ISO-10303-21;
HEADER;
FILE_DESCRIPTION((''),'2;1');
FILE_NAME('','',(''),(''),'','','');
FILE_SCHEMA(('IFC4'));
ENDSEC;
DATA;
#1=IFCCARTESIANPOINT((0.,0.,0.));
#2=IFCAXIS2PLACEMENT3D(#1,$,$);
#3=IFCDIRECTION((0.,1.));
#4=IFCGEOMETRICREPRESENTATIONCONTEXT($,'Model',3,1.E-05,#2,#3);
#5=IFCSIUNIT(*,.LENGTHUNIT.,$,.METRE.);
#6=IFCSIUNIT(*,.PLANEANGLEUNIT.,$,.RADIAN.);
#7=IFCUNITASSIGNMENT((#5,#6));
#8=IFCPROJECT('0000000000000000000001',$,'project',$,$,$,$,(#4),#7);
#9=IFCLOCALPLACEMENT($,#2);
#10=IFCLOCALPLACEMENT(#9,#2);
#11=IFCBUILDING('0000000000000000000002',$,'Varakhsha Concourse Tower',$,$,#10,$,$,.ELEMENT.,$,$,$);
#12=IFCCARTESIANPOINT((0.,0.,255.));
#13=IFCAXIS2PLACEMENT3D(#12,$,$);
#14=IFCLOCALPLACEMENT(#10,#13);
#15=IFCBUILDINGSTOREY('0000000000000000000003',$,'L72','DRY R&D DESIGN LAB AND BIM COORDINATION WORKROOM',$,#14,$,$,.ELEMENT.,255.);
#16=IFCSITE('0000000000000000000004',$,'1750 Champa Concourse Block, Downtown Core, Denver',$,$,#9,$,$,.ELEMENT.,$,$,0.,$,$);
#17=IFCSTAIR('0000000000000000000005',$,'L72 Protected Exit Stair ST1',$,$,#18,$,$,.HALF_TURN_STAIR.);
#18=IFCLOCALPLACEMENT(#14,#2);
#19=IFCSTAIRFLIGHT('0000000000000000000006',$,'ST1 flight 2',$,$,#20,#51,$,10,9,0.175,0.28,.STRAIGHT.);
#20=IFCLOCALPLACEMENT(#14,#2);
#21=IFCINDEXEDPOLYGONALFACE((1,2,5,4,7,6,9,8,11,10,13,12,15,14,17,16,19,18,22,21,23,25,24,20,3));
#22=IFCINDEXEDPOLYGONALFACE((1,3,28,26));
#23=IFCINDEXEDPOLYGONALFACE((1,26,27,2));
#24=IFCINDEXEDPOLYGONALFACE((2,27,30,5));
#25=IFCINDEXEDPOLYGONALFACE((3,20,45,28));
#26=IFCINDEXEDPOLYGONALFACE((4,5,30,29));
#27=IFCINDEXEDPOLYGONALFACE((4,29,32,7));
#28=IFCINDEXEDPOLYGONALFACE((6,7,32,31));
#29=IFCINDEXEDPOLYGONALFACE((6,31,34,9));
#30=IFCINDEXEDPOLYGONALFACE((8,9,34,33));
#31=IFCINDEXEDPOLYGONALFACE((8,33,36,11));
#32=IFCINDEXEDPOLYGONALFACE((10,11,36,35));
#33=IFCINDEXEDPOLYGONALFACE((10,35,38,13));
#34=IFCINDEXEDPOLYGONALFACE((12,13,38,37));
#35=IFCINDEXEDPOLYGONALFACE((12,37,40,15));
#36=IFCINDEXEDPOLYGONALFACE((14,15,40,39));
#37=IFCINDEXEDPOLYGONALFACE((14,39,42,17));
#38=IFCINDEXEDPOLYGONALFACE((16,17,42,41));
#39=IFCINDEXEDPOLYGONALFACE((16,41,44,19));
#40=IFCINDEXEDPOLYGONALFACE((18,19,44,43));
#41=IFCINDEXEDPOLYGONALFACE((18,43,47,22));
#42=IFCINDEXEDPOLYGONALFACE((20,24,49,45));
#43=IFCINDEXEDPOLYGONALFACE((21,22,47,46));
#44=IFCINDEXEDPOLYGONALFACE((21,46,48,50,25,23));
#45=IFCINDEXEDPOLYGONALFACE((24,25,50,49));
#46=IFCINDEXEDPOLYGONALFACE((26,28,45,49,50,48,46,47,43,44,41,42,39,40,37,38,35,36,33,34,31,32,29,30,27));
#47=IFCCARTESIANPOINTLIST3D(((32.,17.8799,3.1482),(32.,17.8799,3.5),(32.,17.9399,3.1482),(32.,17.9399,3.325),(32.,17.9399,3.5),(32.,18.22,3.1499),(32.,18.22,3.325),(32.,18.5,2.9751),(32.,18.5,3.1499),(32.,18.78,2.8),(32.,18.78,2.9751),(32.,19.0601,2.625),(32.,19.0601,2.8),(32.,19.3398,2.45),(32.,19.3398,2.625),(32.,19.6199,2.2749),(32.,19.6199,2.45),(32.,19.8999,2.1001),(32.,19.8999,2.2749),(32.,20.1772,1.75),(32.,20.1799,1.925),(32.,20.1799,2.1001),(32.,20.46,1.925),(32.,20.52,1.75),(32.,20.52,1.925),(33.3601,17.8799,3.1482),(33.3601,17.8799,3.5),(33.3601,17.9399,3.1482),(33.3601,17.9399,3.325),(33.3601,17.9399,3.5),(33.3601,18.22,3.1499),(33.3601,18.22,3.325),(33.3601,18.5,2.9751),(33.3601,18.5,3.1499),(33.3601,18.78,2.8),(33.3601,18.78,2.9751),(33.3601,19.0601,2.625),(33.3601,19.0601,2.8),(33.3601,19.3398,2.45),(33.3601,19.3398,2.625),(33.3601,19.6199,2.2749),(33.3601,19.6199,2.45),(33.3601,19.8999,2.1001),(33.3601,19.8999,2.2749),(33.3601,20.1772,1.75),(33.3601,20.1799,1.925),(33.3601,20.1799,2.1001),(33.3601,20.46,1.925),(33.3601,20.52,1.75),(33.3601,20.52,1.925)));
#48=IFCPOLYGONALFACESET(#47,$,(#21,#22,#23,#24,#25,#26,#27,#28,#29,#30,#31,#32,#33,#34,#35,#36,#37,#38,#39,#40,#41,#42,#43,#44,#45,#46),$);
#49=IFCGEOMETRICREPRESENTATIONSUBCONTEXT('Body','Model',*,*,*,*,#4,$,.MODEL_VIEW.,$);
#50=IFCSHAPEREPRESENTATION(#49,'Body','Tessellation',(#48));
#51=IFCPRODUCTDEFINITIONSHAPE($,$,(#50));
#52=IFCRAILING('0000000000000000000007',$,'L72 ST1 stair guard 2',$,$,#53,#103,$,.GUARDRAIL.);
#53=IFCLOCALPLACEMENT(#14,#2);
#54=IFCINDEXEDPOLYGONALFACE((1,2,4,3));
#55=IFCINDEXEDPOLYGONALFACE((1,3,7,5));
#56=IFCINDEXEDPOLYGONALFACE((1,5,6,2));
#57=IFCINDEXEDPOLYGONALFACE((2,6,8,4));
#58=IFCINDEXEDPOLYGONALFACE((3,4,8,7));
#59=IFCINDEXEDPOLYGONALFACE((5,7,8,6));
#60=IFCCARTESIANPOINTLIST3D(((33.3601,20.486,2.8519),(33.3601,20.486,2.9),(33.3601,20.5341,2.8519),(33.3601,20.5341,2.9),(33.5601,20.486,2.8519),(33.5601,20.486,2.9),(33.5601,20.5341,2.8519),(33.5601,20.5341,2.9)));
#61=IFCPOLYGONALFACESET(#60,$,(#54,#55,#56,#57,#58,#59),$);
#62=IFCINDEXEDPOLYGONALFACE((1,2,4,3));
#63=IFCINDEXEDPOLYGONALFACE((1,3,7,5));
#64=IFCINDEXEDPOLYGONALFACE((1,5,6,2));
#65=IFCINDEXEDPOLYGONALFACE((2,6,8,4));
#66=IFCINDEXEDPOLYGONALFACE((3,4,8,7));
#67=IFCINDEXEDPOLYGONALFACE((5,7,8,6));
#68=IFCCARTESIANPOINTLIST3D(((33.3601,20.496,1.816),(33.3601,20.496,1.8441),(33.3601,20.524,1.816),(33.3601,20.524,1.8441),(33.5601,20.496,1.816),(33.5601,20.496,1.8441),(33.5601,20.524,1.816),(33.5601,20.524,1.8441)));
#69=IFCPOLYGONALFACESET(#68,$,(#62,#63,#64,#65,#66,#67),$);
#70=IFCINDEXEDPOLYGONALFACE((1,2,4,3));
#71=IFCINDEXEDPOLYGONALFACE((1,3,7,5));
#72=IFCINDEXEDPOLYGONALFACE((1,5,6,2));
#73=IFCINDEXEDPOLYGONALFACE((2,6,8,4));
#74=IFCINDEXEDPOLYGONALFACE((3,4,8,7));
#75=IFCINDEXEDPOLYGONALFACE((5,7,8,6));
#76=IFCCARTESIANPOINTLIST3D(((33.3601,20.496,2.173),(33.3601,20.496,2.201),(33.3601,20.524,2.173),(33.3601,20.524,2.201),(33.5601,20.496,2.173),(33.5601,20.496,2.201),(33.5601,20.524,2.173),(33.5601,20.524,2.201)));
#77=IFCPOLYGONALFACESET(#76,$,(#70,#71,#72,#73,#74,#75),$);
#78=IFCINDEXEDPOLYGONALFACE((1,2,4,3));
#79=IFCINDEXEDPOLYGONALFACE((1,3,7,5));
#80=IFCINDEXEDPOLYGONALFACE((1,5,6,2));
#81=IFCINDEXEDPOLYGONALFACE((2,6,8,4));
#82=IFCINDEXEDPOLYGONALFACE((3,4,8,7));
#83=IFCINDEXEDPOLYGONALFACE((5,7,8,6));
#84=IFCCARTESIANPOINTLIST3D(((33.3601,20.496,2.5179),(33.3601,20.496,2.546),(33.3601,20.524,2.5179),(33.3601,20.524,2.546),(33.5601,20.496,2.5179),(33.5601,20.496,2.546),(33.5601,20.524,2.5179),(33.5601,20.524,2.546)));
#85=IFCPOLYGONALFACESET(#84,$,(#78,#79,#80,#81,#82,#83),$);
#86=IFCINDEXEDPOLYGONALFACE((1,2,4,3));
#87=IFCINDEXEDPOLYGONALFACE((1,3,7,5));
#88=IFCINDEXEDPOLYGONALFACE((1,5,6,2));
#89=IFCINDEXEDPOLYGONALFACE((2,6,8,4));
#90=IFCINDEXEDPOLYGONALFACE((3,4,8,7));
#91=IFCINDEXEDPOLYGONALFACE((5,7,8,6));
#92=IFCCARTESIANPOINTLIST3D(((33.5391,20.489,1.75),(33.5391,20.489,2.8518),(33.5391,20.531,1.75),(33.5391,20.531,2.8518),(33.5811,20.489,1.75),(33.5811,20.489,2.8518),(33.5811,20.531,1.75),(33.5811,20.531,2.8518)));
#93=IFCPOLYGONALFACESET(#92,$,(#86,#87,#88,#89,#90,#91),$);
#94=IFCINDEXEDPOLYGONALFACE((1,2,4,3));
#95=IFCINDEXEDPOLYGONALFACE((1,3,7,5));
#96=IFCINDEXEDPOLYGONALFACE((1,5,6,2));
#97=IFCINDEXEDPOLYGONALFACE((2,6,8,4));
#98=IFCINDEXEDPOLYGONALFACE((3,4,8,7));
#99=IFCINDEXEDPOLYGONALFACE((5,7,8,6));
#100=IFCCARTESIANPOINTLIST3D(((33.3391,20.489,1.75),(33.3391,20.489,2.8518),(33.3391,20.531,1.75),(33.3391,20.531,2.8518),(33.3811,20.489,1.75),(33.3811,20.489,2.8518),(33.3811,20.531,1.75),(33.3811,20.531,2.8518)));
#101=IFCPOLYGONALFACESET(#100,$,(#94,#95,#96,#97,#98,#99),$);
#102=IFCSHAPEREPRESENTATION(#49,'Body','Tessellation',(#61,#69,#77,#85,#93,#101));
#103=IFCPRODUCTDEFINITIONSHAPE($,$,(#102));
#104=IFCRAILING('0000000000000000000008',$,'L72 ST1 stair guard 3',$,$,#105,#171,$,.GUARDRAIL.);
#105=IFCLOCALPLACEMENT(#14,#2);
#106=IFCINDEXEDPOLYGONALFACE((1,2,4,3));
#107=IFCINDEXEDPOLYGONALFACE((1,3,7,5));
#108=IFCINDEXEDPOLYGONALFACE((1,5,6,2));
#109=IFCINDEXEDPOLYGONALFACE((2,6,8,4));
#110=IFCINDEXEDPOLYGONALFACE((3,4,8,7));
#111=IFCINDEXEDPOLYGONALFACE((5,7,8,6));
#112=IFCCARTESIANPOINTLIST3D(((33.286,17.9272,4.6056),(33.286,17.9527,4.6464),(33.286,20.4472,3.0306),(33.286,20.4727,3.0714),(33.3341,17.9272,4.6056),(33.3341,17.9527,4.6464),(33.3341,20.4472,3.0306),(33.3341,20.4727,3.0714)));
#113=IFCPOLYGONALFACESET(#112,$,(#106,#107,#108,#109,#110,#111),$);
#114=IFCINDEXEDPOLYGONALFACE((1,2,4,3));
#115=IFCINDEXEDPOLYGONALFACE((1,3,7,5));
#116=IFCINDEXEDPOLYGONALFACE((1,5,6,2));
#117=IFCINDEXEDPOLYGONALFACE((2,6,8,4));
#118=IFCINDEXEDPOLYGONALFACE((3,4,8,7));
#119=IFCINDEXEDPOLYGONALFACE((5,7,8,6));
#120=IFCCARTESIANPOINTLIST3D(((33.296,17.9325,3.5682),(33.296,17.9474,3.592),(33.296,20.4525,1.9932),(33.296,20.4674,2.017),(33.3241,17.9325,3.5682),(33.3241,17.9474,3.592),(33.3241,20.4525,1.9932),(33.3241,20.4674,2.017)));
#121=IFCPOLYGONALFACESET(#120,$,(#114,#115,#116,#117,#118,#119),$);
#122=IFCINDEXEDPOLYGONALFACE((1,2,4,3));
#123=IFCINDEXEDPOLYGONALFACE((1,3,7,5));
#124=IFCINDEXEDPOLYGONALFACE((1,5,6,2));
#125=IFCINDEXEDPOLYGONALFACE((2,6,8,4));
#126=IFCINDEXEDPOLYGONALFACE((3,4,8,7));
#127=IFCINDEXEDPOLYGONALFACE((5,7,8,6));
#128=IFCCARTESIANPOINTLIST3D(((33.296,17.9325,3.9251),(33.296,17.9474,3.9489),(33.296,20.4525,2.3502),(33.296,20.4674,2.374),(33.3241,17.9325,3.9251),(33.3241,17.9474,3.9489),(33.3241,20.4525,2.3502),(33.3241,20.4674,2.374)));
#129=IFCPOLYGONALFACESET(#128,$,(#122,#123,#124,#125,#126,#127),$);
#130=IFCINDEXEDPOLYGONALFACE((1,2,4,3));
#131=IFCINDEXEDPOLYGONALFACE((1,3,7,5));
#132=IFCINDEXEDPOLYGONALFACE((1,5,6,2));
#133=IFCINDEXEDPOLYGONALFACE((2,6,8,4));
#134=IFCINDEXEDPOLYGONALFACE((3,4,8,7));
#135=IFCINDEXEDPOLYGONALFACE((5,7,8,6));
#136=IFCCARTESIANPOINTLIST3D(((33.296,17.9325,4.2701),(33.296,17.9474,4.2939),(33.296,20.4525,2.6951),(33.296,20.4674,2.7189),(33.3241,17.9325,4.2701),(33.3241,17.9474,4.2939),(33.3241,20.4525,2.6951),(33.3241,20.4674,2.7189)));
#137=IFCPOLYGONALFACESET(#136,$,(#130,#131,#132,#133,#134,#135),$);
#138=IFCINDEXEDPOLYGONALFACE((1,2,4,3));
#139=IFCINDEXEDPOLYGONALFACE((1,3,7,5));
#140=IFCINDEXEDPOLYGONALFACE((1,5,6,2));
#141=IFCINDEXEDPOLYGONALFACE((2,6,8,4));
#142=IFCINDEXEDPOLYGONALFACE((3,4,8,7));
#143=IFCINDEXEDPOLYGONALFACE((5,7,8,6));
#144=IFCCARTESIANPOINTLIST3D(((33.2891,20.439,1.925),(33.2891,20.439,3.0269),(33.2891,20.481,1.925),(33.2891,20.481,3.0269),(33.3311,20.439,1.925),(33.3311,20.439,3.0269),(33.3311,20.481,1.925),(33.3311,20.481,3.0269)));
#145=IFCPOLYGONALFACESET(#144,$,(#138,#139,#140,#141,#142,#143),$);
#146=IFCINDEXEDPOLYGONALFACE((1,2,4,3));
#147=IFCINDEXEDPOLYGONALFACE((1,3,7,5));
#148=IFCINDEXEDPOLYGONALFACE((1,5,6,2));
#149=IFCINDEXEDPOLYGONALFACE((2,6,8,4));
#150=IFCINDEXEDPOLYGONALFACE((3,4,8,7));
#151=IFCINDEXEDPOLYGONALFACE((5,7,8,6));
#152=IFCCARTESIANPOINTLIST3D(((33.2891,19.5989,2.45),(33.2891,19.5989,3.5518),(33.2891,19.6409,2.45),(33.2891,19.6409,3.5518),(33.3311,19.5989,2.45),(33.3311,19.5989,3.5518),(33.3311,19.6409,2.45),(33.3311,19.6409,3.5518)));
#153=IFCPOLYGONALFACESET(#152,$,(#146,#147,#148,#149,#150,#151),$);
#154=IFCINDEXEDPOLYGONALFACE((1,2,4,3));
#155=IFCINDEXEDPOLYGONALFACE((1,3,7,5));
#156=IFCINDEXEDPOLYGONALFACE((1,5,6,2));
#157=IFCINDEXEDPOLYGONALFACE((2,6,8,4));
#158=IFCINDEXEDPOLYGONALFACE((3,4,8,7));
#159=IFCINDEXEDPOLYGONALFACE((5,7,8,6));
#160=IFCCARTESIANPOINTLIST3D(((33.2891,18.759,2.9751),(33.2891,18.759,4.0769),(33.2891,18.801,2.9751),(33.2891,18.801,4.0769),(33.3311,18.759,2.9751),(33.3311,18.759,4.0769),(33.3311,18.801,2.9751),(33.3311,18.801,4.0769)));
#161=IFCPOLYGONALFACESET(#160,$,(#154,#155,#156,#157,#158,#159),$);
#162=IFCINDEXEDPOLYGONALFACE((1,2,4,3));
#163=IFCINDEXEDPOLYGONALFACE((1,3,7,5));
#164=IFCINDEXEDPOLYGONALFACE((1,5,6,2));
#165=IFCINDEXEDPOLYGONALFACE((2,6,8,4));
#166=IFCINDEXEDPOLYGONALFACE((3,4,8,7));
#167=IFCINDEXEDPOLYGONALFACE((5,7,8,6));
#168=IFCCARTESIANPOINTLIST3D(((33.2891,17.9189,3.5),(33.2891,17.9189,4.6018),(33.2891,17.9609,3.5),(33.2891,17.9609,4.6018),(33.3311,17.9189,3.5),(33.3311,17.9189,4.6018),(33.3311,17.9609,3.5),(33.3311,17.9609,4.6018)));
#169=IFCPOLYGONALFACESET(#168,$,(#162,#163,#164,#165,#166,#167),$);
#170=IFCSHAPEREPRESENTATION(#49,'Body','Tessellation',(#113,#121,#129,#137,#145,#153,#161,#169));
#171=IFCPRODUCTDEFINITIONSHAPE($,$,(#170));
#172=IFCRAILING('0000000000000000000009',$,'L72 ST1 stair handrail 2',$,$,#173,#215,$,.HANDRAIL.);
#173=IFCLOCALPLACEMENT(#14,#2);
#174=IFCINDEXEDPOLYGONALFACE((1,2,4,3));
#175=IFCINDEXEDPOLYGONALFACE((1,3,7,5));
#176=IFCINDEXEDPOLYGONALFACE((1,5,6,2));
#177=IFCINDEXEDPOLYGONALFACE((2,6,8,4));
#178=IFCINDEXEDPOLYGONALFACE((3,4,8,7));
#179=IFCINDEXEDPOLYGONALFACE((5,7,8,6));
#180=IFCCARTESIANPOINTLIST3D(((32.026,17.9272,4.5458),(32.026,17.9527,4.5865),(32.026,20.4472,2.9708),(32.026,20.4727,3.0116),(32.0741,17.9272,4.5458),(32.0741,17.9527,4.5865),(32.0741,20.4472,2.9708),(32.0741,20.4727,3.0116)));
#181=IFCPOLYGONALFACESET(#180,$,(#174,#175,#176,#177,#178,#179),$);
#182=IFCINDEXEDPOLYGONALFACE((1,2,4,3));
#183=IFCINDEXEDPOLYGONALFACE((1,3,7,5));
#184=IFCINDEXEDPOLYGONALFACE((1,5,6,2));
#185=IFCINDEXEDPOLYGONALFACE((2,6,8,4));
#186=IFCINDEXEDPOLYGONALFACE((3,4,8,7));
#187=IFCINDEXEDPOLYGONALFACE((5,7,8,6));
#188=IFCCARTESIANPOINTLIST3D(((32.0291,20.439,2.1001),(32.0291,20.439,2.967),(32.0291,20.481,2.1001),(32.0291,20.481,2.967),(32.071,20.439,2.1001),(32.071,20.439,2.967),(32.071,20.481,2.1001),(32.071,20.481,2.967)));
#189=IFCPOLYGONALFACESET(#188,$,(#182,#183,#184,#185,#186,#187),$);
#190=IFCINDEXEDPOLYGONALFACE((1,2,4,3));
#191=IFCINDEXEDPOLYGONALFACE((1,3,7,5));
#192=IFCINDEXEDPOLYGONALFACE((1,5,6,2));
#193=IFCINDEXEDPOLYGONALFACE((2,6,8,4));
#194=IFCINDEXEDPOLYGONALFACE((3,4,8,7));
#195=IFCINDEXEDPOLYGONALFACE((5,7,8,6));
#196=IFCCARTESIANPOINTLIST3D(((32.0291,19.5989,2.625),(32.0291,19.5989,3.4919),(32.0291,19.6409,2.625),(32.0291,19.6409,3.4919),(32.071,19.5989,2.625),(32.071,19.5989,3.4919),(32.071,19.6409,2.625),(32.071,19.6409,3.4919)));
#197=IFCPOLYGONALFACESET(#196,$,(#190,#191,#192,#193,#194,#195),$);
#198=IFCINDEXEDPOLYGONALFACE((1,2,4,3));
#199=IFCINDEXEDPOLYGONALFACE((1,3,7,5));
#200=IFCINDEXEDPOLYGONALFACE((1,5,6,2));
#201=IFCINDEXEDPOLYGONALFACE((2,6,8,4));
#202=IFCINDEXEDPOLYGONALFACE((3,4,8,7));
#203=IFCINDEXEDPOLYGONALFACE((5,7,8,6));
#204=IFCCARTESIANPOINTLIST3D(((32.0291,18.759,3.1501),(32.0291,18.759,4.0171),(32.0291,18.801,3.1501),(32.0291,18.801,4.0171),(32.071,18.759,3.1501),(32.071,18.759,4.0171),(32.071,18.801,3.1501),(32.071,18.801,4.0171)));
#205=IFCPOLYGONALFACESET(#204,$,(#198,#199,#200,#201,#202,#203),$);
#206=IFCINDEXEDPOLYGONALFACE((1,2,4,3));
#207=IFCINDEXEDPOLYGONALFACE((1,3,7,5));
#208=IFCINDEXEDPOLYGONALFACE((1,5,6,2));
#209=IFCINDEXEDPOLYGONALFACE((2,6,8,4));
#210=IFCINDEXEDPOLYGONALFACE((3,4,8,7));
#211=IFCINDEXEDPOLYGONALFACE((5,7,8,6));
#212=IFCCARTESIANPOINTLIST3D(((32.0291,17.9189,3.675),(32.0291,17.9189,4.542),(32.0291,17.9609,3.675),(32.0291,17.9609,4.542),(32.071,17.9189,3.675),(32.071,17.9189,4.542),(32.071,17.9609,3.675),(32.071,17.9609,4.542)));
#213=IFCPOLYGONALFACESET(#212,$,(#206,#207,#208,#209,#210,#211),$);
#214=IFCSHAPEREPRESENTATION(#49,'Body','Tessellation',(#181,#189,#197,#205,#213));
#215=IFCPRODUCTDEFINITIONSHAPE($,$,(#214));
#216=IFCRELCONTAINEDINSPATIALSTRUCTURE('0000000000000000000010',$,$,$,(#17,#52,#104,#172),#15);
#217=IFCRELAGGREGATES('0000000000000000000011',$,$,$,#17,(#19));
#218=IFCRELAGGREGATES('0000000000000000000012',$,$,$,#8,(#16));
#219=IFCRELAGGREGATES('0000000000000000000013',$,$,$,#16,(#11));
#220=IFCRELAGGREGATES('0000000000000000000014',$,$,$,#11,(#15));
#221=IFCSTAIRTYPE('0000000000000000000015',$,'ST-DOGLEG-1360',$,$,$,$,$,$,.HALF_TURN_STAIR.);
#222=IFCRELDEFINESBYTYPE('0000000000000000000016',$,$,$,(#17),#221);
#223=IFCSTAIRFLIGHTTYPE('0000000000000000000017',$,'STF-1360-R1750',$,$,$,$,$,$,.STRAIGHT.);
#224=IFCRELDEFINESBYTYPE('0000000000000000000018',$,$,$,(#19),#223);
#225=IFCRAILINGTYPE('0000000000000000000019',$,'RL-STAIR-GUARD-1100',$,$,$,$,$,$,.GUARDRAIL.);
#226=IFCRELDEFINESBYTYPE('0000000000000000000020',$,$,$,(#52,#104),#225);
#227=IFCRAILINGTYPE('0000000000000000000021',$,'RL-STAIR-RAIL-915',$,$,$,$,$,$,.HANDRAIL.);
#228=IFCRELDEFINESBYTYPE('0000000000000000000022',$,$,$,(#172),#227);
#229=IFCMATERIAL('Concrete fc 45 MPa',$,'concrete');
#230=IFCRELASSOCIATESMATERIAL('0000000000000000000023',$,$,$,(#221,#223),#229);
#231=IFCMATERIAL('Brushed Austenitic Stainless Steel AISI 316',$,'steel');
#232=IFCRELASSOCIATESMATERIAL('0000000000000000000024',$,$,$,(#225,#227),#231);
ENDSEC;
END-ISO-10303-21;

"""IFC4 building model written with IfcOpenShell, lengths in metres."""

from ifc_helpers import new_model, si_unit, direction, frame, origin, origin_2d, place, context, subcontext, project, spatial, polyline, rectangle, outline, extrude, material, type_object, element, aggregate, save


model = new_model("IFC4")

# Units and contexts
model_context = context("Model", 3, precision=1e-05, world=origin(), true_north=direction((0.0, 1.0)))
body_context = subcontext(model_context, "Body", "Model", "MODEL_VIEW")
ifc_project = project(units=[si_unit("LENGTHUNIT", "METRE"), si_unit("PLANEANGLEUNIT", "RADIAN")], contexts=[model_context])

# Site, building, storey
site_placement = place(None, origin())
site = spatial("IfcSite", under=ifc_project, at=site_placement, Name="1750 Champa Concourse Block, Downtown Core, Denver", CompositionType="ELEMENT", RefElevation=0.0)
building_placement = place(site_placement, origin())
building = spatial("IfcBuilding", under=site, at=building_placement, Name="Varakhsha Concourse Tower", CompositionType="ELEMENT")
storey_placement = place(building_placement, frame((0.0, 0.0, 255.0)))
storey = spatial("IfcBuildingStorey", under=building, at=storey_placement, Name="L72", Description="DRY R&D DESIGN LAB AND BIM COORDINATION WORKROOM", CompositionType="ELEMENT", Elevation=255.0)

# Shared definitions
ifc_material_1 = material(Name="Brushed Austenitic Stainless Steel AISI 316", Category="steel")

# Shared definitions
ifc_material_2 = material(Name="Concrete fc 45 MPa", Category="concrete")

# Stair, stair flight
stair_type = type_object("IfcStairType", Name="ST-DOGLEG-1360", PredefinedType="HALF_TURN_STAIR", material=ifc_material_2)
stair_placement = place(storey_placement, origin())
stair = element("IfcStair", 1, at=stair_placement, inside=storey, type_object=stair_type, Name="L72 Protected Exit Stair ST1", PredefinedType="HALF_TURN_STAIR")
stair_flight_type = type_object("IfcStairFlightType", Name="STF-1360-R1750", PredefinedType="STRAIGHT", material=ifc_material_2)
stair_flight_placement = place(storey_placement, frame((32.6799, 20.46, 1.75), z_axis=(0.0, 0.0, 1.0), x_axis=(0.0, -1.0, 0.0)))
stair_flight = element("IfcStairFlight", 2, at=stair_flight_placement, type_object=stair_flight_type, Name="ST1 flight 2", NumberOfRisers=10, NumberOfTreads=9, PredefinedType="STRAIGHT", RiserHeight=0.175, TreadLength=0.28, context=body_context, shape_type="SweptSolid", body=[
    extrude(outline(polyline([(-0.0601, 0.0), (-0.0601, 0.175), (0.0, 0.175), (0.28, 0.175), (0.28, 0.3501), (0.5601, 0.3501), (0.5601, 0.5249), (0.8401, 0.5249), (0.8401, 0.7), (1.1201, 0.7), (1.1201, 0.875), (1.3999, 0.875), (1.3999, 1.05), (1.6799, 1.05), (1.6799, 1.2251), (1.96, 1.2251), (1.96, 1.3999), (2.24, 1.3999), (2.24, 1.575), (2.52, 1.575), (2.52, 1.75), (2.5801, 1.75), (2.5801, 1.3982), (2.52, 1.3982), (0.2827, 0.0), (-0.0601, 0.0)])), frame((0.0, 0.6802, 0.0), z_axis=(0.0, -1.0, 0.0), x_axis=(1.0, 0.0, 0.0)), (0.0, 0.0, 1.0), 1.3601),
])
aggregate(stair, [stair_flight])

# Railings
railing_type_1 = type_object("IfcRailingType", Name="RL-STAIR-GUARD-1100", PredefinedType="GUARDRAIL", material=ifc_material_1)
railing_1_placement = place(storey_placement, frame((33.5601, 20.51, 1.75)))
element("IfcRailing", 3, at=railing_1_placement, inside=storey, type_object=railing_type_1, Name="L72 ST1 stair guard 2", PredefinedType="GUARDRAIL", context=body_context, shape_type="SweptSolid", body=[
    extrude(rectangle(XDim=0.0481, YDim=0.0481, at=origin_2d()), frame((0.0, 0.0, 1.126), z_axis=(-1.0, 0.0, 0.0), x_axis=(0.0, -1.0, 0.0)), (0.0, 0.0, 1.0), 0.2),
    extrude(rectangle(XDim=0.0281, YDim=0.0281, at=origin_2d()), frame((0.0, 0.0, 0.0801), z_axis=(-1.0, 0.0, 0.0), x_axis=(0.0, -1.0, 0.0)), (0.0, 0.0, 1.0), 0.2),
    extrude(rectangle(XDim=0.0281, YDim=0.0281, at=origin_2d()), frame((0.0, 0.0, 0.437), z_axis=(-1.0, 0.0, 0.0), x_axis=(0.0, -1.0, 0.0)), (0.0, 0.0, 1.0), 0.2),
    extrude(rectangle(XDim=0.0281, YDim=0.0281, at=origin_2d()), frame((0.0, 0.0, 0.782), z_axis=(-1.0, 0.0, 0.0), x_axis=(0.0, -1.0, 0.0)), (0.0, 0.0, 1.0), 0.2),
    extrude(rectangle(XDim=0.042, YDim=0.042, at=origin_2d()), origin(), (0.0, 0.0, 1.0), 1.1018),
    extrude(rectangle(XDim=0.042, YDim=0.042, at=origin_2d()), frame((-0.2, 0.0, 0.0)), (0.0, 0.0, 1.0), 1.1018),
])
railing_2_placement = place(storey_placement, frame((33.3101, 20.46, 1.925)))
element("IfcRailing", 4, at=railing_2_placement, inside=storey, type_object=railing_type_1, Name="L72 ST1 stair guard 3", PredefinedType="GUARDRAIL", context=body_context, shape_type="SweptSolid", body=[
    extrude(rectangle(XDim=0.0481, YDim=0.0481, at=origin_2d()), frame((0.0, 0.0, 1.126), z_axis=(0.0, -0.848008, 0.529984), x_axis=(1.0, 0.0, 0.0)), (0.0, 0.0, 1.0), 2.9717),
    extrude(rectangle(XDim=0.0281, YDim=0.0281, at=origin_2d()), frame((0.0, 0.0, 0.0801), z_axis=(0.0, -0.848008, 0.529984), x_axis=(1.0, 0.0, 0.0)), (0.0, 0.0, 1.0), 2.9717),
    extrude(rectangle(XDim=0.0281, YDim=0.0281, at=origin_2d()), frame((0.0, 0.0, 0.437), z_axis=(0.0, -0.848008, 0.529984), x_axis=(1.0, 0.0, 0.0)), (0.0, 0.0, 1.0), 2.9717),
    extrude(rectangle(XDim=0.0281, YDim=0.0281, at=origin_2d()), frame((0.0, 0.0, 0.782), z_axis=(0.0, -0.848008, 0.529984), x_axis=(1.0, 0.0, 0.0)), (0.0, 0.0, 1.0), 2.9717),
    extrude(rectangle(XDim=0.042, YDim=0.042, at=origin_2d()), origin(), (0.0, 0.0, 1.0), 1.1018),
    extrude(rectangle(XDim=0.042, YDim=0.042, at=origin_2d()), frame((0.0, -0.8401, 0.5249)), (0.0, 0.0, 1.0), 1.1018),
    extrude(rectangle(XDim=0.042, YDim=0.042, at=origin_2d()), frame((0.0, -1.6799, 1.05)), (0.0, 0.0, 1.0), 1.1018),
    extrude(rectangle(XDim=0.042, YDim=0.042, at=origin_2d()), frame((0.0, -2.52, 1.575)), (0.0, 0.0, 1.0), 1.1018),
])
railing_type_2 = type_object("IfcRailingType", Name="RL-STAIR-RAIL-915", PredefinedType="HANDRAIL", material=ifc_material_1)
railing_3_placement = place(storey_placement, frame((32.05, 20.46, 2.1001)))
element("IfcRailing", 5, at=railing_3_placement, inside=storey, type_object=railing_type_2, Name="L72 ST1 stair handrail 2", PredefinedType="HANDRAIL", context=body_context, shape_type="SweptSolid", body=[
    extrude(rectangle(XDim=0.0481, YDim=0.0481, at=origin_2d()), frame((0.0, 0.0, 0.8911), z_axis=(0.0, -0.848008, 0.529984), x_axis=(1.0, 0.0, 0.0)), (0.0, 0.0, 1.0), 2.9717),
    extrude(rectangle(XDim=0.042, YDim=0.042, at=origin_2d()), origin(), (0.0, 0.0, 1.0), 0.8669),
    extrude(rectangle(XDim=0.042, YDim=0.042, at=origin_2d()), frame((0.0, -0.8401, 0.5249)), (0.0, 0.0, 1.0), 0.8669),
    extrude(rectangle(XDim=0.042, YDim=0.042, at=origin_2d()), frame((0.0, -1.6799, 1.05)), (0.0, 0.0, 1.0), 0.8669),
    extrude(rectangle(XDim=0.042, YDim=0.042, at=origin_2d()), frame((0.0, -2.52, 1.575)), (0.0, 0.0, 1.0), 0.8669),
])

save(model, "model.ifc")
